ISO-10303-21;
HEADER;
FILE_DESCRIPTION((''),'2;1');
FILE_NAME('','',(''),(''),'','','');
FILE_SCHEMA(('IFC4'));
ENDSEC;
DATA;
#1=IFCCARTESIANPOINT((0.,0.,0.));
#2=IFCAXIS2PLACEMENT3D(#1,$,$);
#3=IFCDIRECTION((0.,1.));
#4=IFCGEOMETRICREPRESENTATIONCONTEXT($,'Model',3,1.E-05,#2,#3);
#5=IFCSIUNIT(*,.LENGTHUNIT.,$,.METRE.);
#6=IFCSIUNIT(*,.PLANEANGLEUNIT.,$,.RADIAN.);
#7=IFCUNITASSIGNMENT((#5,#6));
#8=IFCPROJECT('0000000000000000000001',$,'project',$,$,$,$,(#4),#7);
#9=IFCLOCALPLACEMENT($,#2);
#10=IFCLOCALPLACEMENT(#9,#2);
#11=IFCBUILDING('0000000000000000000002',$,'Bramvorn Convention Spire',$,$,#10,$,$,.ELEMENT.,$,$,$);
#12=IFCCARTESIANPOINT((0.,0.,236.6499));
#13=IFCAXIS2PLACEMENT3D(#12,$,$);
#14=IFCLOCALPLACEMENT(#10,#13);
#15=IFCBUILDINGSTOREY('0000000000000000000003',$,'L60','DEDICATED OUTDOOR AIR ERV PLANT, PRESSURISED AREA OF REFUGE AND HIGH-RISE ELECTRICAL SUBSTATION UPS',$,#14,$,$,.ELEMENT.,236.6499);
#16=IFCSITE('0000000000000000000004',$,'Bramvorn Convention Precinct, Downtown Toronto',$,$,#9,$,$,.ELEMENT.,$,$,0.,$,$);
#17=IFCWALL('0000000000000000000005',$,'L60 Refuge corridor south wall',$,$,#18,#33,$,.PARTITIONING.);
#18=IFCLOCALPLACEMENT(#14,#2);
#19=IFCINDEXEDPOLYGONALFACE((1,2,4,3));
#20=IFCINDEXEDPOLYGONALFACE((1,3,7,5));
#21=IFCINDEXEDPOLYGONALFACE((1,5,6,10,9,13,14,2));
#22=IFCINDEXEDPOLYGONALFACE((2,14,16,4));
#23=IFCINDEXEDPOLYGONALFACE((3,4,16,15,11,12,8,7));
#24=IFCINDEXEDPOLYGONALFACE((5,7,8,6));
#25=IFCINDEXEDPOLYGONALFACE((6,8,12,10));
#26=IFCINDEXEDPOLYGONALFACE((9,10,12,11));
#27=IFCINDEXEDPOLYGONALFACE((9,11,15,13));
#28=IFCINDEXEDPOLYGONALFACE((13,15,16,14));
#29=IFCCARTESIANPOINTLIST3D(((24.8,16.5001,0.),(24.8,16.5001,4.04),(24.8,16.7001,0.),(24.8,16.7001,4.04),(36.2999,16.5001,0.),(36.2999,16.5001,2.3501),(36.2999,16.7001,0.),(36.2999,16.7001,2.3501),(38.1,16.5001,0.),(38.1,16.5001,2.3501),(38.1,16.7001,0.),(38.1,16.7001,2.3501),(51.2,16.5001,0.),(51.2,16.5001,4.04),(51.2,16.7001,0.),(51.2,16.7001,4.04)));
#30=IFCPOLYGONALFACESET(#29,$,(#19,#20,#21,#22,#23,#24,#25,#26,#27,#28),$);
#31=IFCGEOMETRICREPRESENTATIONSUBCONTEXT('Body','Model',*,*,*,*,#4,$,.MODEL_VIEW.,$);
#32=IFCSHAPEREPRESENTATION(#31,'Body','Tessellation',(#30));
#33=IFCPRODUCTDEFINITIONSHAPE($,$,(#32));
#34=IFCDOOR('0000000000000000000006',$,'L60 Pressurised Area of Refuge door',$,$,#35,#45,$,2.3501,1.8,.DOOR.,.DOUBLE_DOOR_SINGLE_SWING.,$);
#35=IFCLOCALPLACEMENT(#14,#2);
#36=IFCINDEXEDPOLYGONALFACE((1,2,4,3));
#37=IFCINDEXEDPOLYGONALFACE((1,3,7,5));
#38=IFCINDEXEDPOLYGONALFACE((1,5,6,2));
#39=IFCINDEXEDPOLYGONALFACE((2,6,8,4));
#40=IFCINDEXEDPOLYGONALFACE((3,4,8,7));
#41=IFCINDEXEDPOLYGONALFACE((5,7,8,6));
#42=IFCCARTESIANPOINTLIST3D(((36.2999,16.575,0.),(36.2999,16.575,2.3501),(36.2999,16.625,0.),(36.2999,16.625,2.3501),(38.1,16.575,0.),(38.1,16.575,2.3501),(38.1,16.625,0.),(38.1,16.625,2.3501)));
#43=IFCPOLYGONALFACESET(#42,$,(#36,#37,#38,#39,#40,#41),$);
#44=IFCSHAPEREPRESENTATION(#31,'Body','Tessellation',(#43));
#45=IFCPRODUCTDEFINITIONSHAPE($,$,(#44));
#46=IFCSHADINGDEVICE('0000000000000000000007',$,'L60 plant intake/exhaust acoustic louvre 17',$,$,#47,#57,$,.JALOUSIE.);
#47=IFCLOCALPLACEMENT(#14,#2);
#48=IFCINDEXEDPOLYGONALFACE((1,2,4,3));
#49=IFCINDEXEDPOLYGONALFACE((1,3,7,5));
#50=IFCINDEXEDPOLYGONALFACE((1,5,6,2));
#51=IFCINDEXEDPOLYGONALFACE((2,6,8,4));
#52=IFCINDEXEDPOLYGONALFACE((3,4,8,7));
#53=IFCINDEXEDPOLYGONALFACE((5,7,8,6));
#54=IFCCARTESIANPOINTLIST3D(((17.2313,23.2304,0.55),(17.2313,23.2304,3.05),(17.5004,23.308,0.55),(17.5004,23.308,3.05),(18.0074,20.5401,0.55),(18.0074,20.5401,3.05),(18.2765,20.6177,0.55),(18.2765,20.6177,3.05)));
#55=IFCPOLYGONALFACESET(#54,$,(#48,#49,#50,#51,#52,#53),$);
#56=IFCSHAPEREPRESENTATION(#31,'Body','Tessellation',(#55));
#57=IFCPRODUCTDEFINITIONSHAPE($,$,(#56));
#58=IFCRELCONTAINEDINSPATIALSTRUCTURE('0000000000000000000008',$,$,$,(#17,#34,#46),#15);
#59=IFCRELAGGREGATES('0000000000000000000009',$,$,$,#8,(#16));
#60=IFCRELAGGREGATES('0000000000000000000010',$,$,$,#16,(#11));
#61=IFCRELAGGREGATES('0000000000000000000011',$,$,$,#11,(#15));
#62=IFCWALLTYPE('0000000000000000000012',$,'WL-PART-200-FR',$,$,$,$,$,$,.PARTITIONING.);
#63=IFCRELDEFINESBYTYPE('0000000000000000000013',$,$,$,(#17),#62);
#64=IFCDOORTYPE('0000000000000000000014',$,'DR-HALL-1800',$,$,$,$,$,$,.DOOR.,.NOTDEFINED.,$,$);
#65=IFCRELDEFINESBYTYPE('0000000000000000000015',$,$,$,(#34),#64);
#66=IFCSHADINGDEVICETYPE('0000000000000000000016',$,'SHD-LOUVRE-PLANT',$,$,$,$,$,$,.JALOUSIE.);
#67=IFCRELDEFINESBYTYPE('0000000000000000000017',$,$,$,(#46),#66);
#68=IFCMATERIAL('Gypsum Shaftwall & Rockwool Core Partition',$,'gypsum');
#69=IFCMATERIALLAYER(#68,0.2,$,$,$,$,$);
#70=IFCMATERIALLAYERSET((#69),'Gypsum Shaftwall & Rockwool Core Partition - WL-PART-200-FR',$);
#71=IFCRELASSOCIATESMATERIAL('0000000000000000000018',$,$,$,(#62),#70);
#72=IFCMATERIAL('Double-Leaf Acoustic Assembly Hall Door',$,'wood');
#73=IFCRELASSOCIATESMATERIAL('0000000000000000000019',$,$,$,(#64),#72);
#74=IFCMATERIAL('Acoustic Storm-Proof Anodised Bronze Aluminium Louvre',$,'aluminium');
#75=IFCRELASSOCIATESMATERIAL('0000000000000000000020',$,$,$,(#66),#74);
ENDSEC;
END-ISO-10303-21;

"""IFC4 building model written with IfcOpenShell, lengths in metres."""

from ifc_helpers import new_model, si_unit, direction, frame, frame_2d, origin, origin_2d, place, context, subcontext, project, spatial, rectangle, extrude, material, layer, layer_set, type_object, element, fill, save


model = new_model("IFC4")

# Units and contexts
model_context = context("Model", 3, precision=1e-05, world=origin(), true_north=direction((0.0, 1.0)))
body_context = subcontext(model_context, "Body", "Model", "MODEL_VIEW")
ifc_project = project(units=[si_unit("LENGTHUNIT", "METRE"), si_unit("PLANEANGLEUNIT", "RADIAN")], contexts=[model_context])

# Site, building, storey
site_placement = place(None, origin())
site = spatial("IfcSite", under=ifc_project, at=site_placement, Name="Bramvorn Convention Precinct, Downtown Toronto", CompositionType="ELEMENT", RefElevation=0.0)
building_placement = place(site_placement, origin())
building = spatial("IfcBuilding", under=site, at=building_placement, Name="Bramvorn Convention Spire", CompositionType="ELEMENT")
storey_placement = place(building_placement, frame((0.0, 0.0, 236.6499)))
storey = spatial("IfcBuildingStorey", under=building, at=storey_placement, Name="L60", Description="DEDICATED OUTDOOR AIR ERV PLANT, PRESSURISED AREA OF REFUGE AND HIGH-RISE ELECTRICAL SUBSTATION UPS", CompositionType="ELEMENT", Elevation=236.6499)

# Wall, opening, door
ifc_material_1 = material(Name="Gypsum Shaftwall & Rockwool Core Partition", Category="gypsum")
ifc_layer_1 = layer(ifc_material_1, 0.2)
ifc_layer_set_1 = layer_set([ifc_layer_1], Name="Gypsum Shaftwall & Rockwool Core Partition - WL-PART-200-FR")
wall_type_1 = type_object("IfcWallType", Name="WL-PART-200-FR", PredefinedType="PARTITIONING", material=ifc_layer_set_1)
wall_1_placement = place(storey_placement, frame((24.8, 16.6001, 0.0), z_axis=(0.0, 0.0, 1.0), x_axis=(1.0, 0.0, 0.0)))
wall_1 = element("IfcWall", 1, at=wall_1_placement, inside=storey, type_object=wall_type_1, Name="L60 Refuge corridor south wall", PredefinedType="PARTITIONING", context=body_context, shape_type="SweptSolid", body=[
    extrude(rectangle(XDim=26.3999, YDim=0.2, at=frame_2d((13.2, 0.0))), origin(), (0.0, 0.0, 1.0), 4.04),
])
opening_placement = place(wall_1_placement, frame((11.5, 0.0, 0.0)))
opening = element("IfcOpeningElement", 2, at=opening_placement, cuts=wall_1, PredefinedType="OPENING", context=body_context, shape_type="SweptSolid", body=[
    extrude(rectangle(XDim=1.8, YDim=2.3501, at=frame_2d((0.8999, 1.175))), frame((0.0, 0.1099, 0.0), z_axis=(0.0, -1.0, 0.0), x_axis=(1.0, 0.0, 0.0)), (0.0, 0.0, 1.0), 0.22),
])
ifc_material_2 = material(Name="Double-Leaf Acoustic Assembly Hall Door", Category="wood")
door_type = type_object("IfcDoorType", Name="DR-HALL-1800", OperationType="NOTDEFINED", PredefinedType="DOOR", material=ifc_material_2)
door_placement = place(opening_placement, origin())
door = element("IfcDoor", 3, at=door_placement, inside=storey, type_object=door_type, Name="L60 Pressurised Area of Refuge door", OperationType="DOUBLE_DOOR_SINGLE_SWING", OverallHeight=2.3501, OverallWidth=1.8, PredefinedType="DOOR", context=body_context, shape_type="SweptSolid", body=[
    extrude(rectangle(XDim=1.8, YDim=2.3501, at=frame_2d((0.8999, 1.175))), frame((0.0, 0.0249, 0.0), z_axis=(0.0, -1.0, 0.0), x_axis=(1.0, 0.0, 0.0)), (0.0, 0.0, 1.0), 0.05),
])
fill(opening, door)

# Shading device
ifc_material_3 = material(Name="Acoustic Storm-Proof Anodised Bronze Aluminium Louvre", Category="aluminium")
shading_device_type = type_object("IfcShadingDeviceType", Name="SHD-LOUVRE-PLANT", PredefinedType="JALOUSIE", material=ifc_material_3)
shading_device_placement = place(storey_placement, frame((17.7539, 21.9241, 0.55), z_axis=(0.0, 0.0, 1.0), x_axis=(-0.277189, 0.960815, 0.0)))
element("IfcShadingDevice", 4, at=shading_device_placement, inside=storey, type_object=shading_device_type, Name="L60 plant intake/exhaust acoustic louvre 17", PredefinedType="JALOUSIE", context=body_context, shape_type="SweptSolid", body=[
    extrude(rectangle(XDim=2.8, YDim=0.28, at=origin_2d()), origin(), (0.0, 0.0, 1.0), 2.5),
])

save(model, "model.ifc")
